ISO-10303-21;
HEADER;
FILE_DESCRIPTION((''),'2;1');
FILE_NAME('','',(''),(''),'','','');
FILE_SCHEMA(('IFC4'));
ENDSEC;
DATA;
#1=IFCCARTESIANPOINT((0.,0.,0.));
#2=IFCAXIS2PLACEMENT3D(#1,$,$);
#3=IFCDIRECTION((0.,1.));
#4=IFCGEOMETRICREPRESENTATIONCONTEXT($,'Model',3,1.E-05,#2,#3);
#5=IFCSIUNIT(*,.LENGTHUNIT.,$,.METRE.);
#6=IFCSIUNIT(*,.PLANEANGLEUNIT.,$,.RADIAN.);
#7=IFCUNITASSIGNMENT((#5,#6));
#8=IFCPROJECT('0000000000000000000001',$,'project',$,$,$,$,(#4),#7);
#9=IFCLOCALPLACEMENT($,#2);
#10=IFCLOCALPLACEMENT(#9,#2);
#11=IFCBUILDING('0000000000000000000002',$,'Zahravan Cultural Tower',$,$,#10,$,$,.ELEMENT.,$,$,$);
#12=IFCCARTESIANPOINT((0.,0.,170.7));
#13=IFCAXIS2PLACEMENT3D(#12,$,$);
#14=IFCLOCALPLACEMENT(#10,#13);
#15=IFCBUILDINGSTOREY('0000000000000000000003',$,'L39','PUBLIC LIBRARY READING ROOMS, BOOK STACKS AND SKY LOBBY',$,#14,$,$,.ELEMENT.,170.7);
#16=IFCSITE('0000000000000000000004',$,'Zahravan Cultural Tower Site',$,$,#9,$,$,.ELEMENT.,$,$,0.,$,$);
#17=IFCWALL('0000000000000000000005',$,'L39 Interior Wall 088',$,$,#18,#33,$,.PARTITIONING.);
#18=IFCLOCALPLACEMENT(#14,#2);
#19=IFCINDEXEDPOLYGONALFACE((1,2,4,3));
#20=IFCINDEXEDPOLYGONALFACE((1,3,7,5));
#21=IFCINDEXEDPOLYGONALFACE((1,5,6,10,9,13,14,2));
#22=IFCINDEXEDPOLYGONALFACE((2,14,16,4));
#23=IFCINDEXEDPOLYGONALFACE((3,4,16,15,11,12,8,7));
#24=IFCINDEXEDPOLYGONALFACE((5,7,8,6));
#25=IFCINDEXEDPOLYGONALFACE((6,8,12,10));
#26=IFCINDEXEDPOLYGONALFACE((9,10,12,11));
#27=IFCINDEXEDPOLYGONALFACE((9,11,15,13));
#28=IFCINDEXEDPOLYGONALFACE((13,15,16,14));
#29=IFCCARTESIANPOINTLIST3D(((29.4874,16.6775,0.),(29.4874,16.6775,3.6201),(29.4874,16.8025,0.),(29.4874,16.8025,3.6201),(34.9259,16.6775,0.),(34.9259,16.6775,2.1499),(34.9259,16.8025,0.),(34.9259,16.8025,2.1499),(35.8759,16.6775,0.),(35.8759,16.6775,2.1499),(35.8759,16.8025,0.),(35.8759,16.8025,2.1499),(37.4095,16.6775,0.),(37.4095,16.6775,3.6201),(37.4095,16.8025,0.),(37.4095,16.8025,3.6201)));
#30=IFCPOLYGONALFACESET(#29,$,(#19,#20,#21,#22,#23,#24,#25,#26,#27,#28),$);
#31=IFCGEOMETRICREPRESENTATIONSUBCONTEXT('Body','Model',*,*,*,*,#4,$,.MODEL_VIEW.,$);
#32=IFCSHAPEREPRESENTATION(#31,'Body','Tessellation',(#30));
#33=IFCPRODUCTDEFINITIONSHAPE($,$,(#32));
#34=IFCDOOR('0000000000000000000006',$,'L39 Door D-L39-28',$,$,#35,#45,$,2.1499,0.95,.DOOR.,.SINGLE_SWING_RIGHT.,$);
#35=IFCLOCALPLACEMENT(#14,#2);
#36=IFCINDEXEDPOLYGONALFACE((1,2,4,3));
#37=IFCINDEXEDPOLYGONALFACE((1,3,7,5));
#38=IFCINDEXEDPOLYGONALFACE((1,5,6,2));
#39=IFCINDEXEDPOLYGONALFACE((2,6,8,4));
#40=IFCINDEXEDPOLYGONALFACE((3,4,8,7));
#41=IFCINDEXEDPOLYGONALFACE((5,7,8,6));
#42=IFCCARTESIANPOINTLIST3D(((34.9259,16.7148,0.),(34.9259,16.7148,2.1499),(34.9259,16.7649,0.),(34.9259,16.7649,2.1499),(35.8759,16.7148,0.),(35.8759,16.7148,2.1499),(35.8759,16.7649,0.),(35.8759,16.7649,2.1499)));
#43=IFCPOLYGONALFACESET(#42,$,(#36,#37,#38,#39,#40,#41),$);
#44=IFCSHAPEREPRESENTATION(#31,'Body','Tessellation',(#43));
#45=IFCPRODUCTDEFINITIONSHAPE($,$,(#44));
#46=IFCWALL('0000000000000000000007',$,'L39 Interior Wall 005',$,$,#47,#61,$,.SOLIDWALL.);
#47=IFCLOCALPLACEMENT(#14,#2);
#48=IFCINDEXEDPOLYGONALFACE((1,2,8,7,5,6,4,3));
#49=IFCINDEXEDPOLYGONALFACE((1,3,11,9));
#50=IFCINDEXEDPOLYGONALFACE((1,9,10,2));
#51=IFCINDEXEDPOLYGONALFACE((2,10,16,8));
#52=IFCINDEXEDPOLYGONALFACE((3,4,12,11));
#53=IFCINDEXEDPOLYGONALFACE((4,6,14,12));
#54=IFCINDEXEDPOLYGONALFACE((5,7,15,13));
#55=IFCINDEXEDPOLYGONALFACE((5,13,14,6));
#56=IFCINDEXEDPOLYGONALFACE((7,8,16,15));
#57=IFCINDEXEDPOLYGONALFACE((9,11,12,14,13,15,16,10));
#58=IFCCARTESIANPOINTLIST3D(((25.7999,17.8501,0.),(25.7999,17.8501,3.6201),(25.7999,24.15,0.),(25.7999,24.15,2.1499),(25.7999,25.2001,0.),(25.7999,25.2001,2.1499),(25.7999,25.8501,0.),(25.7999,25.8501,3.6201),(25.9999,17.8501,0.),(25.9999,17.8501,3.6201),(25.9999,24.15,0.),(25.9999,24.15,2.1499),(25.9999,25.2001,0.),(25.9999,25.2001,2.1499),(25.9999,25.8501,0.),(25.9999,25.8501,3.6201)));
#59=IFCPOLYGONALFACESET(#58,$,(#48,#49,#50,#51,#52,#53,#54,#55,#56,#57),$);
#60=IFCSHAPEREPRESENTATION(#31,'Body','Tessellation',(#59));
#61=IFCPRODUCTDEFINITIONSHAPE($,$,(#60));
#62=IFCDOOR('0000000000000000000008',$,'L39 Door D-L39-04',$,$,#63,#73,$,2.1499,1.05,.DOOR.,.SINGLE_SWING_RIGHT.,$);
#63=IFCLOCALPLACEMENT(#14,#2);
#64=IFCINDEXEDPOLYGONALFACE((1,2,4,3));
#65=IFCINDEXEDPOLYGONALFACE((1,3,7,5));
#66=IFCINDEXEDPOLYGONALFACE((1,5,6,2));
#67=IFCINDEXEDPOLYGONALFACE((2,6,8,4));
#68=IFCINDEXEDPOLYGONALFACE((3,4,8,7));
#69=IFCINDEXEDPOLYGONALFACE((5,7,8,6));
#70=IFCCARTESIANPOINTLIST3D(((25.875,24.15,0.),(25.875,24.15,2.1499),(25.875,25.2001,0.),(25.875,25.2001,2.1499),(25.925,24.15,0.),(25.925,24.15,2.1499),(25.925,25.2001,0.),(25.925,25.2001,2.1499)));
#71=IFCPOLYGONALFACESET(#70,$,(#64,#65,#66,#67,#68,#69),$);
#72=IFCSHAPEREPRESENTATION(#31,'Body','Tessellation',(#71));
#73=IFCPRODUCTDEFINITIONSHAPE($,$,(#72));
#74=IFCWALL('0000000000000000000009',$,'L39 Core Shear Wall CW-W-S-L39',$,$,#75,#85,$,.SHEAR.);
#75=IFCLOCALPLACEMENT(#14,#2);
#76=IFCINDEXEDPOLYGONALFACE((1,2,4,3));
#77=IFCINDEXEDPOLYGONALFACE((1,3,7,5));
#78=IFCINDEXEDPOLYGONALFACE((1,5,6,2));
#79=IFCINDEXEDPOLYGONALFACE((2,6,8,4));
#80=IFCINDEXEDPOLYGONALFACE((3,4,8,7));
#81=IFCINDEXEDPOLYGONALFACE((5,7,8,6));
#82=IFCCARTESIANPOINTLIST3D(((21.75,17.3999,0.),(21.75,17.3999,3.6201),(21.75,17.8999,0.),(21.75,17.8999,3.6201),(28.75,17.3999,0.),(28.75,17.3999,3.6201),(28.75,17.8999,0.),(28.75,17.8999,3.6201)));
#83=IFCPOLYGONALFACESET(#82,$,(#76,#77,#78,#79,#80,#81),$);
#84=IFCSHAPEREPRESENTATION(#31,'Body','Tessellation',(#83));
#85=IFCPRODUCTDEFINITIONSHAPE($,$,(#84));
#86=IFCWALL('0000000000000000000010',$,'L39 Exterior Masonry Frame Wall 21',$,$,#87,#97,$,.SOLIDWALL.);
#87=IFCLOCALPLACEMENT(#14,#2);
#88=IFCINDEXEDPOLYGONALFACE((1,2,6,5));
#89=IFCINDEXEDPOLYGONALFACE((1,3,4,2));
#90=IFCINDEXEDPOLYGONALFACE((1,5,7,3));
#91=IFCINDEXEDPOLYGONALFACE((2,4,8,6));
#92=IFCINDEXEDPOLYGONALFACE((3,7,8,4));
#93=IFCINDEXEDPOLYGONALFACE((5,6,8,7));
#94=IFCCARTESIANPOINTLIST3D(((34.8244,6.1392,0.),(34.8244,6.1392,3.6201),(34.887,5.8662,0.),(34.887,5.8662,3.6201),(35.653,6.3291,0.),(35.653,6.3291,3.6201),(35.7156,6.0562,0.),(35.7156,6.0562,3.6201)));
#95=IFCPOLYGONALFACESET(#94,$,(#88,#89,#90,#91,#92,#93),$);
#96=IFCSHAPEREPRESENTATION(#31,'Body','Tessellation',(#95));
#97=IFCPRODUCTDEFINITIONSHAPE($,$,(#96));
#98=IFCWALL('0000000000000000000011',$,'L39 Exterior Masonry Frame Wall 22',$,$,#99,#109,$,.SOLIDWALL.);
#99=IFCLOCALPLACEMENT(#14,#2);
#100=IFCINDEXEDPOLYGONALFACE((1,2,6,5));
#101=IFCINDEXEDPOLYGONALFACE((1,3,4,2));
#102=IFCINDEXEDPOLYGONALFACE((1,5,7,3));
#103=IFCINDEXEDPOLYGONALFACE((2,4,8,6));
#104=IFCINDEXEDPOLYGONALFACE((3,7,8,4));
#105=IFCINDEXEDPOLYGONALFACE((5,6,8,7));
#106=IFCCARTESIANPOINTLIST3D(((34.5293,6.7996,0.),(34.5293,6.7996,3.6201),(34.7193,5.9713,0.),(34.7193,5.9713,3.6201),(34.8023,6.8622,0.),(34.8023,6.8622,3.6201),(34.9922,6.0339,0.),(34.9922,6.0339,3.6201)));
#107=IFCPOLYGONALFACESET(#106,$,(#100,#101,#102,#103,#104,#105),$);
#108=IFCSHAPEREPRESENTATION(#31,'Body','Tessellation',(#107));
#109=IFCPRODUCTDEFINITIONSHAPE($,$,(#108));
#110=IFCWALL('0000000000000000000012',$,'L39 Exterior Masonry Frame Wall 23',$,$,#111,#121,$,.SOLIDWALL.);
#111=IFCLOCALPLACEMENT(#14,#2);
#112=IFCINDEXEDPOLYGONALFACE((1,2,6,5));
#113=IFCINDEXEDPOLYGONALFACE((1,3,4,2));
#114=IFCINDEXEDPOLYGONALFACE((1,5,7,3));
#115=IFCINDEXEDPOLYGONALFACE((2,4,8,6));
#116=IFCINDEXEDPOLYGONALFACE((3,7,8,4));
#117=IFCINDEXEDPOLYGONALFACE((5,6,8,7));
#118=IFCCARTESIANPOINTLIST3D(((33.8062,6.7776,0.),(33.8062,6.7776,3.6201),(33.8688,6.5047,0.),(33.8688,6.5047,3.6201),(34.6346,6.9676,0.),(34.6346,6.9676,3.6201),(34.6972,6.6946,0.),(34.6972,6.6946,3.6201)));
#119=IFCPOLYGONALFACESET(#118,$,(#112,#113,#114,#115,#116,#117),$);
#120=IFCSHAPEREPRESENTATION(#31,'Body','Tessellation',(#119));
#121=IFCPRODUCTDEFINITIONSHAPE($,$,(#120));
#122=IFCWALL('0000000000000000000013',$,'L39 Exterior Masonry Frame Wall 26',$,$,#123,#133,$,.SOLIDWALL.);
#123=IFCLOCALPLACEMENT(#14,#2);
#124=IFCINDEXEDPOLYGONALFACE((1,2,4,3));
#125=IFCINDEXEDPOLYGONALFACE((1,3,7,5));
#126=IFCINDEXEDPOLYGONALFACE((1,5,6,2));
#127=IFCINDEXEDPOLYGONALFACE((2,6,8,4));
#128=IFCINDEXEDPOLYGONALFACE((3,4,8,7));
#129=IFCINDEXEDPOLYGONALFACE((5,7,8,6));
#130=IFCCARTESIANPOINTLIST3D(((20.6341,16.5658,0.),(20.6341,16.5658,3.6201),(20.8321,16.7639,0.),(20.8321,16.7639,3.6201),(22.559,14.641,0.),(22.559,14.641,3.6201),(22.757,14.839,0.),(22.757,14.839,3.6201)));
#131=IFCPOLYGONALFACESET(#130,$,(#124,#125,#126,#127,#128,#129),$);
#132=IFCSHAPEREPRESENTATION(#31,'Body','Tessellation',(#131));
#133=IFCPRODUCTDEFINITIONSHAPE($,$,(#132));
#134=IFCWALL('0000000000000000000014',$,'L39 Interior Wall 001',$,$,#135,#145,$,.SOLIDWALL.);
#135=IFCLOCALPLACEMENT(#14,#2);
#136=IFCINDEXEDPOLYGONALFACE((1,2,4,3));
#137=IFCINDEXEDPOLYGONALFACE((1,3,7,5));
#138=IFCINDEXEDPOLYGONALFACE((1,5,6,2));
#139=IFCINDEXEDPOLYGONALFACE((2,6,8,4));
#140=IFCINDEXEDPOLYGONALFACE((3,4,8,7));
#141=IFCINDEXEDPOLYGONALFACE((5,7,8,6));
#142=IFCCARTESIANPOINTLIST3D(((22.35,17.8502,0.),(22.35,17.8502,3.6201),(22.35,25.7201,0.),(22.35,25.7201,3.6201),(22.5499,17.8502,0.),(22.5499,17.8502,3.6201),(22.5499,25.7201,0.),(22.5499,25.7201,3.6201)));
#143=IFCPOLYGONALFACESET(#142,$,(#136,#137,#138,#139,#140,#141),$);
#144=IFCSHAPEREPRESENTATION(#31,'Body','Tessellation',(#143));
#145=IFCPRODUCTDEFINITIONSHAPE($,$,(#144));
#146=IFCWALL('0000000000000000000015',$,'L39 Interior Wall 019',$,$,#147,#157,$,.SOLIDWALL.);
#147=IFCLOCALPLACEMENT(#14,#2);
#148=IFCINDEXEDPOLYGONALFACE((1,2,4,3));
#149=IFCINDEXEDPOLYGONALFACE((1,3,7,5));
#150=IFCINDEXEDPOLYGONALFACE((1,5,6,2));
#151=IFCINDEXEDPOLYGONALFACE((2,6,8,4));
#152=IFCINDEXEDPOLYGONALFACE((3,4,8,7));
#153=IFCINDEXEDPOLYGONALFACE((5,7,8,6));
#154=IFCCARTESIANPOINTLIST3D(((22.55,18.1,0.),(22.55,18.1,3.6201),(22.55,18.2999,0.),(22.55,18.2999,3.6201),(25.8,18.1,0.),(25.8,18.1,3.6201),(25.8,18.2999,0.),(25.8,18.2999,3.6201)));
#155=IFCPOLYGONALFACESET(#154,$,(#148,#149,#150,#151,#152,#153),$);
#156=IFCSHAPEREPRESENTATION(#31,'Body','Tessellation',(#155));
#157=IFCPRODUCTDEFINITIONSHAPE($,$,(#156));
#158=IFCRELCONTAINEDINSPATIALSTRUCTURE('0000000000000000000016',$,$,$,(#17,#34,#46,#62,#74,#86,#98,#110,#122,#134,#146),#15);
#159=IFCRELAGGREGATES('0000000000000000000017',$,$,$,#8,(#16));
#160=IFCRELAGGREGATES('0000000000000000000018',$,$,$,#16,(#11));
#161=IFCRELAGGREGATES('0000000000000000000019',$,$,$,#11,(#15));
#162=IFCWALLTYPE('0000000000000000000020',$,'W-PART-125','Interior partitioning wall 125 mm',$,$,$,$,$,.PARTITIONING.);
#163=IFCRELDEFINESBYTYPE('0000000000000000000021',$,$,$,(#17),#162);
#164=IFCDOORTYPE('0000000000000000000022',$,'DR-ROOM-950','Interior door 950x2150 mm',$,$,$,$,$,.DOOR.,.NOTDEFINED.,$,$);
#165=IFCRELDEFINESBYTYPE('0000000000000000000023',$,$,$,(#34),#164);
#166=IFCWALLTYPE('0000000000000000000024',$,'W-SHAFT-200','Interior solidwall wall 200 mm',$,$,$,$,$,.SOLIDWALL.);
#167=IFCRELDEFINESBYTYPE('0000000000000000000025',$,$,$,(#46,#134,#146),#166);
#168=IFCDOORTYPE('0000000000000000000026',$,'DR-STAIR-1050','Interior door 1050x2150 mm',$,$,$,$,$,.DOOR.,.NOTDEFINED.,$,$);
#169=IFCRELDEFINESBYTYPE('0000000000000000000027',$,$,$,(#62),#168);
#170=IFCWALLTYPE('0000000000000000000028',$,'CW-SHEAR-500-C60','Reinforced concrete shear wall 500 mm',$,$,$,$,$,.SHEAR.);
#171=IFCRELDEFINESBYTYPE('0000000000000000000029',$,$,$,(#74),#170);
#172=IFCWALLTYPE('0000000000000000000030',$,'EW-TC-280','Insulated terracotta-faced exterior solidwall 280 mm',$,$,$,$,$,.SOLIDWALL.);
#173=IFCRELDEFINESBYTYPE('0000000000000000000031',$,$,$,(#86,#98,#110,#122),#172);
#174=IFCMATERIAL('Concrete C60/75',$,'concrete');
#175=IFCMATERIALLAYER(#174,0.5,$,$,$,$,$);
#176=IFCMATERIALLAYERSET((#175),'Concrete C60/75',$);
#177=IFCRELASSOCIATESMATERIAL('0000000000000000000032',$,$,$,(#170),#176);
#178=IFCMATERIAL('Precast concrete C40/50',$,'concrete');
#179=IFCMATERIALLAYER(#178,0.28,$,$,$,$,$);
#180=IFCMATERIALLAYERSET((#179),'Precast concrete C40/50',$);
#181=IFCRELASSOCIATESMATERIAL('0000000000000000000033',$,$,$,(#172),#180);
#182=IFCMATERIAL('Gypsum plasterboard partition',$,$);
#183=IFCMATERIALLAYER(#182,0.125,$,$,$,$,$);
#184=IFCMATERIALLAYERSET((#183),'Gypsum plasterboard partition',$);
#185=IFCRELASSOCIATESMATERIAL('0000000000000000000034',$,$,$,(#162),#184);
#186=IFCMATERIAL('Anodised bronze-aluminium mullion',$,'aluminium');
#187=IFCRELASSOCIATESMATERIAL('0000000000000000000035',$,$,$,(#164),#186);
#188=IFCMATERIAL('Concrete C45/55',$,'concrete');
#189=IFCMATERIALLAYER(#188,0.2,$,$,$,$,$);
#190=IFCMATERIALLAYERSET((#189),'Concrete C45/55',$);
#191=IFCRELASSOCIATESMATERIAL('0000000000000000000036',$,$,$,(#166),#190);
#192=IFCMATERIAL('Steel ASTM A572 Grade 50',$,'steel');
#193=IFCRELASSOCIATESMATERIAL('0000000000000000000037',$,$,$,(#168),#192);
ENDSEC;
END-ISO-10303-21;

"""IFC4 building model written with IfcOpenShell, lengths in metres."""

from ifc_helpers import new_model, si_unit, direction, frame, frame_2d, origin, place, context, subcontext, project, spatial, rectangle, extrude, source, transform, mapped, material, layer, layer_set, type_object, element, fill, save


model = new_model("IFC4")

# Units and contexts
model_context = context("Model", 3, precision=1e-05, world=origin(), true_north=direction((0.0, 1.0)))
body_context = subcontext(model_context, "Body", "Model", "MODEL_VIEW")
ifc_project = project(units=[si_unit("LENGTHUNIT", "METRE"), si_unit("PLANEANGLEUNIT", "RADIAN")], contexts=[model_context])

# Site, building, storey
site_placement = place(None, origin())
site = spatial("IfcSite", under=ifc_project, at=site_placement, Name="Zahravan Cultural Tower Site", CompositionType="ELEMENT", RefElevation=0.0)
building_placement = place(site_placement, origin())
building = spatial("IfcBuilding", under=site, at=building_placement, Name="Zahravan Cultural Tower", CompositionType="ELEMENT")
storey_placement = place(building_placement, frame((0.0, 0.0, 170.7)))
storey = spatial("IfcBuildingStorey", under=building, at=storey_placement, Name="L39", Description="PUBLIC LIBRARY READING ROOMS, BOOK STACKS AND SKY LOBBY", CompositionType="ELEMENT", Elevation=170.7)

# Shared definitions
ifc_material_1 = material(Name="Concrete C60/75", Category="concrete")
ifc_layer_1 = layer(ifc_material_1, 0.5)
ifc_layer_set_1 = layer_set([ifc_layer_1], Name="Concrete C60/75")
wall_type_1 = type_object("IfcWallType", Name="CW-SHEAR-500-C60", Description="Reinforced concrete shear wall 500 mm", PredefinedType="SHEAR", material=ifc_layer_set_1)
ifc_material_2 = material(Name="Steel ASTM A572 Grade 50", Category="steel")

# Shared definitions
ifc_material_3 = material(Name="Precast concrete C40/50", Category="concrete")
ifc_layer_2 = layer(ifc_material_3, 0.28)
ifc_layer_set_2 = layer_set([ifc_layer_2], Name="Precast concrete C40/50")
wall_type_2 = type_object("IfcWallType", Name="EW-TC-280", Description="Insulated terracotta-faced exterior solidwall 280 mm", PredefinedType="SOLIDWALL", material=ifc_layer_set_2)

# Walls, openings, doors
ifc_material_4 = material(Name="Gypsum plasterboard partition")
ifc_layer_3 = layer(ifc_material_4, 0.125)
ifc_layer_set_3 = layer_set([ifc_layer_3], Name="Gypsum plasterboard partition")
wall_type_3 = type_object("IfcWallType", Name="W-PART-125", Description="Interior partitioning wall 125 mm", PredefinedType="PARTITIONING", material=ifc_layer_set_3)
wall_1_placement = place(storey_placement, frame((29.4875, 16.74, 0.0), z_axis=(0.0, 0.0, 1.0), x_axis=(1.0, 0.0, 0.0)))
wall_1 = element("IfcWall", 1, at=wall_1_placement, inside=storey, type_object=wall_type_3, Name="L39 Interior Wall 088", PredefinedType="PARTITIONING", context=body_context, shape_type="SweptSolid", body=[
    extrude(rectangle(XDim=7.9221, YDim=0.125, at=frame_2d((3.9609, 0.0))), origin(), (0.0, 0.0, 1.0), 3.6201),
])
opening_1_placement = place(wall_1_placement, frame((5.4382, 0.0, 0.0)))
opening_1 = element("IfcOpeningElement", 2, at=opening_1_placement, cuts=wall_1, PredefinedType="OPENING", context=body_context, shape_type="SweptSolid", body=[
    extrude(rectangle(XDim=0.95, YDim=2.1499, at=frame_2d((0.4751, 1.075))), frame((0.0, 0.0725, 0.0), z_axis=(0.0, -1.0, 0.0), x_axis=(1.0, 0.0, 0.0)), (0.0, 0.0, 1.0), 0.145),
])
ifc_material_5 = material(Name="Anodised bronze-aluminium mullion", Category="aluminium")
door_type_1 = type_object("IfcDoorType", Name="DR-ROOM-950", Description="Interior door 950x2150 mm", OperationType="NOTDEFINED", PredefinedType="DOOR", material=ifc_material_5)
shared_shape_1 = source(origin(), body_context, "Body", "SweptSolid", [
    extrude(rectangle(XDim=0.95, YDim=2.1499, at=frame_2d((0.4751, 1.075))), frame((0.0, 0.0249, 0.0), z_axis=(0.0, -1.0, 0.0), x_axis=(1.0, 0.0, 0.0)), (0.0, 0.0, 1.0), 0.05),
])
door_1_placement = place(opening_1_placement, origin())
door_1 = element("IfcDoor", 3, at=door_1_placement, inside=storey, type_object=door_type_1, Name="L39 Door D-L39-28", OperationType="SINGLE_SWING_RIGHT", OverallHeight=2.1499, OverallWidth=0.95, PredefinedType="DOOR", context=body_context, shape_type="MappedRepresentation", body=[
    mapped(shared_shape_1, transform((0.0, 0.0, 0.0), x_axis=(1.0, 0.0, 0.0), y_axis=(0.0, 1.0, 0.0), z_axis=(0.0, 0.0, 1.0), scale=1.0)),
])
fill(opening_1, door_1)
ifc_material_6 = material(Name="Concrete C45/55", Category="concrete")
ifc_layer_4 = layer(ifc_material_6, 0.2)
ifc_layer_set_4 = layer_set([ifc_layer_4], Name="Concrete C45/55")
wall_type_4 = type_object("IfcWallType", Name="W-SHAFT-200", Description="Interior solidwall wall 200 mm", PredefinedType="SOLIDWALL", material=ifc_layer_set_4)
wall_2_placement = place(storey_placement, frame((25.8999, 17.8501, 0.0), z_axis=(0.0, 0.0, 1.0), x_axis=(0.0, 1.0, 0.0)))
wall_2 = element("IfcWall", 4, at=wall_2_placement, inside=storey, type_object=wall_type_4, Name="L39 Interior Wall 005", PredefinedType="SOLIDWALL", context=body_context, shape_type="SweptSolid", body=[
    extrude(rectangle(XDim=8.0, YDim=0.2, at=frame_2d((4.0, 0.0))), origin(), (0.0, 0.0, 1.0), 3.6201),
])
opening_2_placement = place(wall_2_placement, frame((6.3, 0.0, 0.0)))
opening_2 = element("IfcOpeningElement", 5, at=opening_2_placement, cuts=wall_2, PredefinedType="OPENING", context=body_context, shape_type="SweptSolid", body=[
    extrude(rectangle(XDim=1.05, YDim=2.1499, at=frame_2d((0.5249, 1.075))), frame((0.0, 0.1099, 0.0), z_axis=(0.0, -1.0, 0.0), x_axis=(1.0, 0.0, 0.0)), (0.0, 0.0, 1.0), 0.22),
])
door_type_2 = type_object("IfcDoorType", Name="DR-STAIR-1050", Description="Interior door 1050x2150 mm", OperationType="NOTDEFINED", PredefinedType="DOOR", material=ifc_material_2)
shared_shape_2 = source(origin(), body_context, "Body", "SweptSolid", [
    extrude(rectangle(XDim=1.05, YDim=2.1499, at=frame_2d((0.5249, 1.075))), frame((0.0, 0.0249, 0.0), z_axis=(0.0, -1.0, 0.0), x_axis=(1.0, 0.0, 0.0)), (0.0, 0.0, 1.0), 0.05),
])
door_2_placement = place(opening_2_placement, origin())
door_2 = element("IfcDoor", 6, at=door_2_placement, inside=storey, type_object=door_type_2, Name="L39 Door D-L39-04", OperationType="SINGLE_SWING_RIGHT", OverallHeight=2.1499, OverallWidth=1.05, PredefinedType="DOOR", context=body_context, shape_type="MappedRepresentation", body=[
    mapped(shared_shape_2, transform((0.0, 0.0, 0.0), x_axis=(1.0, 0.0, 0.0), y_axis=(0.0, 1.0, 0.0), z_axis=(0.0, 0.0, 1.0), scale=1.0)),
])
fill(opening_2, door_2)

# Walls
shared_shape_3 = source(origin(), body_context, "Body", "SweptSolid", [
    extrude(rectangle(XDim=7.0, YDim=0.5, at=frame_2d((3.5, 0.0))), origin(), (0.0, 0.0, 1.0), 3.6201),
])
wall_3_placement = place(storey_placement, frame((21.75, 17.6499, 0.0), z_axis=(0.0, 0.0, 1.0), x_axis=(1.0, 0.0, 0.0)))
element("IfcWall", 7, at=wall_3_placement, inside=storey, type_object=wall_type_1, Name="L39 Core Shear Wall CW-W-S-L39", PredefinedType="SHEAR", context=body_context, shape_type="MappedRepresentation", body=[
    mapped(shared_shape_3, transform((0.0, 0.0, 0.0), x_axis=(1.0, 0.0, 0.0), y_axis=(0.0, 1.0, 0.0), z_axis=(0.0, 0.0, 1.0), scale=1.0)),
])
shared_shape_4 = source(origin(), body_context, "Body", "SweptSolid", [
    extrude(rectangle(XDim=0.8501, YDim=0.28, at=frame_2d((0.425, 0.0))), origin(), (0.0, 0.0, 1.0), 3.6201),
])
wall_4_placement = place(storey_placement, frame((35.6843, 6.1926, 0.0), z_axis=(0.0, 0.0, 1.0), x_axis=(-0.974719, -0.223433, 0.0)))
element("IfcWall", 8, at=wall_4_placement, inside=storey, type_object=wall_type_2, Name="L39 Exterior Masonry Frame Wall 21", PredefinedType="SOLIDWALL", context=body_context, shape_type="MappedRepresentation", body=[
    mapped(shared_shape_4, transform((0.0, 0.0, 0.0), x_axis=(1.0, 0.0, 0.0), y_axis=(0.0, 1.0, 0.0), z_axis=(0.0, 0.0, 1.0), scale=1.0)),
])
shared_shape_5 = source(origin(), body_context, "Body", "SweptSolid", [
    extrude(rectangle(XDim=0.8499, YDim=0.28, at=frame_2d((0.4248, 0.0))), origin(), (0.0, 0.0, 1.0), 3.6201),
])
for number, where, z_axis, x_axis, name in (
    (9, (34.8557, 6.0027, 0.0), (0.0, 0.0, 1.0), (-0.223496, 0.974705, 0.0), "L39 Exterior Masonry Frame Wall 22"),
    (10, (34.6658, 6.8311, 0.0), (0.0, 0.0, 1.0), (-0.974705, -0.223496, 0.0), "L39 Exterior Masonry Frame Wall 23"),
):
    element("IfcWall", number, at=place(storey_placement, frame(where, z_axis=z_axis, x_axis=x_axis)), inside=storey, type_object=wall_type_2, Name=name, PredefinedType="SOLIDWALL", context=body_context, shape_type="MappedRepresentation", body=[
        mapped(shared_shape_5, transform((0.0, 0.0, 0.0), x_axis=(1.0, 0.0, 0.0), y_axis=(0.0, 1.0, 0.0), z_axis=(0.0, 0.0, 1.0), scale=1.0)),
    ])
shared_shape_6 = source(origin(), body_context, "Body", "SweptSolid", [
    extrude(rectangle(XDim=2.7222, YDim=0.28, at=frame_2d((1.3611, 0.0))), origin(), (0.0, 0.0, 1.0), 3.6201),
])
wall_5_placement = place(storey_placement, frame((22.658, 14.74, 0.0), z_axis=(0.0, 0.0, 1.0), x_axis=(-0.707107, 0.707107, 0.0)))
element("IfcWall", 11, at=wall_5_placement, inside=storey, type_object=wall_type_2, Name="L39 Exterior Masonry Frame Wall 26", PredefinedType="SOLIDWALL", context=body_context, shape_type="MappedRepresentation", body=[
    mapped(shared_shape_6, transform((0.0, 0.0, 0.0), x_axis=(1.0, 0.0, 0.0), y_axis=(0.0, 1.0, 0.0), z_axis=(0.0, 0.0, 1.0), scale=1.0)),
])
shared_shape_7 = source(origin(), body_context, "Body", "SweptSolid", [
    extrude(rectangle(XDim=7.8699, YDim=0.2, at=frame_2d((3.9351, 0.0))), origin(), (0.0, 0.0, 1.0), 3.6201),
])
wall_6_placement = place(storey_placement, frame((22.45, 17.8501, 0.0), z_axis=(0.0, 0.0, 1.0), x_axis=(0.0, 1.0, 0.0)))
element("IfcWall", 12, at=wall_6_placement, inside=storey, type_object=wall_type_4, Name="L39 Interior Wall 001", PredefinedType="SOLIDWALL", context=body_context, shape_type="MappedRepresentation", body=[
    mapped(shared_shape_7, transform((0.0, 0.0, 0.0), x_axis=(1.0, 0.0, 0.0), y_axis=(0.0, 1.0, 0.0), z_axis=(0.0, 0.0, 1.0), scale=1.0)),
])
shared_shape_8 = source(origin(), body_context, "Body", "SweptSolid", [
    extrude(rectangle(XDim=3.25, YDim=0.2, at=frame_2d((1.625, 0.0))), origin(), (0.0, 0.0, 1.0), 3.6201),
])
wall_7_placement = place(storey_placement, frame((22.55, 18.2, 0.0), z_axis=(0.0, 0.0, 1.0), x_axis=(1.0, 0.0, 0.0)))
element("IfcWall", 13, at=wall_7_placement, inside=storey, type_object=wall_type_4, Name="L39 Interior Wall 019", PredefinedType="SOLIDWALL", context=body_context, shape_type="MappedRepresentation", body=[
    mapped(shared_shape_8, transform((0.0, 0.0, 0.0), x_axis=(1.0, 0.0, 0.0), y_axis=(0.0, 1.0, 0.0), z_axis=(0.0, 0.0, 1.0), scale=1.0)),
])

save(model, "model.ifc")
